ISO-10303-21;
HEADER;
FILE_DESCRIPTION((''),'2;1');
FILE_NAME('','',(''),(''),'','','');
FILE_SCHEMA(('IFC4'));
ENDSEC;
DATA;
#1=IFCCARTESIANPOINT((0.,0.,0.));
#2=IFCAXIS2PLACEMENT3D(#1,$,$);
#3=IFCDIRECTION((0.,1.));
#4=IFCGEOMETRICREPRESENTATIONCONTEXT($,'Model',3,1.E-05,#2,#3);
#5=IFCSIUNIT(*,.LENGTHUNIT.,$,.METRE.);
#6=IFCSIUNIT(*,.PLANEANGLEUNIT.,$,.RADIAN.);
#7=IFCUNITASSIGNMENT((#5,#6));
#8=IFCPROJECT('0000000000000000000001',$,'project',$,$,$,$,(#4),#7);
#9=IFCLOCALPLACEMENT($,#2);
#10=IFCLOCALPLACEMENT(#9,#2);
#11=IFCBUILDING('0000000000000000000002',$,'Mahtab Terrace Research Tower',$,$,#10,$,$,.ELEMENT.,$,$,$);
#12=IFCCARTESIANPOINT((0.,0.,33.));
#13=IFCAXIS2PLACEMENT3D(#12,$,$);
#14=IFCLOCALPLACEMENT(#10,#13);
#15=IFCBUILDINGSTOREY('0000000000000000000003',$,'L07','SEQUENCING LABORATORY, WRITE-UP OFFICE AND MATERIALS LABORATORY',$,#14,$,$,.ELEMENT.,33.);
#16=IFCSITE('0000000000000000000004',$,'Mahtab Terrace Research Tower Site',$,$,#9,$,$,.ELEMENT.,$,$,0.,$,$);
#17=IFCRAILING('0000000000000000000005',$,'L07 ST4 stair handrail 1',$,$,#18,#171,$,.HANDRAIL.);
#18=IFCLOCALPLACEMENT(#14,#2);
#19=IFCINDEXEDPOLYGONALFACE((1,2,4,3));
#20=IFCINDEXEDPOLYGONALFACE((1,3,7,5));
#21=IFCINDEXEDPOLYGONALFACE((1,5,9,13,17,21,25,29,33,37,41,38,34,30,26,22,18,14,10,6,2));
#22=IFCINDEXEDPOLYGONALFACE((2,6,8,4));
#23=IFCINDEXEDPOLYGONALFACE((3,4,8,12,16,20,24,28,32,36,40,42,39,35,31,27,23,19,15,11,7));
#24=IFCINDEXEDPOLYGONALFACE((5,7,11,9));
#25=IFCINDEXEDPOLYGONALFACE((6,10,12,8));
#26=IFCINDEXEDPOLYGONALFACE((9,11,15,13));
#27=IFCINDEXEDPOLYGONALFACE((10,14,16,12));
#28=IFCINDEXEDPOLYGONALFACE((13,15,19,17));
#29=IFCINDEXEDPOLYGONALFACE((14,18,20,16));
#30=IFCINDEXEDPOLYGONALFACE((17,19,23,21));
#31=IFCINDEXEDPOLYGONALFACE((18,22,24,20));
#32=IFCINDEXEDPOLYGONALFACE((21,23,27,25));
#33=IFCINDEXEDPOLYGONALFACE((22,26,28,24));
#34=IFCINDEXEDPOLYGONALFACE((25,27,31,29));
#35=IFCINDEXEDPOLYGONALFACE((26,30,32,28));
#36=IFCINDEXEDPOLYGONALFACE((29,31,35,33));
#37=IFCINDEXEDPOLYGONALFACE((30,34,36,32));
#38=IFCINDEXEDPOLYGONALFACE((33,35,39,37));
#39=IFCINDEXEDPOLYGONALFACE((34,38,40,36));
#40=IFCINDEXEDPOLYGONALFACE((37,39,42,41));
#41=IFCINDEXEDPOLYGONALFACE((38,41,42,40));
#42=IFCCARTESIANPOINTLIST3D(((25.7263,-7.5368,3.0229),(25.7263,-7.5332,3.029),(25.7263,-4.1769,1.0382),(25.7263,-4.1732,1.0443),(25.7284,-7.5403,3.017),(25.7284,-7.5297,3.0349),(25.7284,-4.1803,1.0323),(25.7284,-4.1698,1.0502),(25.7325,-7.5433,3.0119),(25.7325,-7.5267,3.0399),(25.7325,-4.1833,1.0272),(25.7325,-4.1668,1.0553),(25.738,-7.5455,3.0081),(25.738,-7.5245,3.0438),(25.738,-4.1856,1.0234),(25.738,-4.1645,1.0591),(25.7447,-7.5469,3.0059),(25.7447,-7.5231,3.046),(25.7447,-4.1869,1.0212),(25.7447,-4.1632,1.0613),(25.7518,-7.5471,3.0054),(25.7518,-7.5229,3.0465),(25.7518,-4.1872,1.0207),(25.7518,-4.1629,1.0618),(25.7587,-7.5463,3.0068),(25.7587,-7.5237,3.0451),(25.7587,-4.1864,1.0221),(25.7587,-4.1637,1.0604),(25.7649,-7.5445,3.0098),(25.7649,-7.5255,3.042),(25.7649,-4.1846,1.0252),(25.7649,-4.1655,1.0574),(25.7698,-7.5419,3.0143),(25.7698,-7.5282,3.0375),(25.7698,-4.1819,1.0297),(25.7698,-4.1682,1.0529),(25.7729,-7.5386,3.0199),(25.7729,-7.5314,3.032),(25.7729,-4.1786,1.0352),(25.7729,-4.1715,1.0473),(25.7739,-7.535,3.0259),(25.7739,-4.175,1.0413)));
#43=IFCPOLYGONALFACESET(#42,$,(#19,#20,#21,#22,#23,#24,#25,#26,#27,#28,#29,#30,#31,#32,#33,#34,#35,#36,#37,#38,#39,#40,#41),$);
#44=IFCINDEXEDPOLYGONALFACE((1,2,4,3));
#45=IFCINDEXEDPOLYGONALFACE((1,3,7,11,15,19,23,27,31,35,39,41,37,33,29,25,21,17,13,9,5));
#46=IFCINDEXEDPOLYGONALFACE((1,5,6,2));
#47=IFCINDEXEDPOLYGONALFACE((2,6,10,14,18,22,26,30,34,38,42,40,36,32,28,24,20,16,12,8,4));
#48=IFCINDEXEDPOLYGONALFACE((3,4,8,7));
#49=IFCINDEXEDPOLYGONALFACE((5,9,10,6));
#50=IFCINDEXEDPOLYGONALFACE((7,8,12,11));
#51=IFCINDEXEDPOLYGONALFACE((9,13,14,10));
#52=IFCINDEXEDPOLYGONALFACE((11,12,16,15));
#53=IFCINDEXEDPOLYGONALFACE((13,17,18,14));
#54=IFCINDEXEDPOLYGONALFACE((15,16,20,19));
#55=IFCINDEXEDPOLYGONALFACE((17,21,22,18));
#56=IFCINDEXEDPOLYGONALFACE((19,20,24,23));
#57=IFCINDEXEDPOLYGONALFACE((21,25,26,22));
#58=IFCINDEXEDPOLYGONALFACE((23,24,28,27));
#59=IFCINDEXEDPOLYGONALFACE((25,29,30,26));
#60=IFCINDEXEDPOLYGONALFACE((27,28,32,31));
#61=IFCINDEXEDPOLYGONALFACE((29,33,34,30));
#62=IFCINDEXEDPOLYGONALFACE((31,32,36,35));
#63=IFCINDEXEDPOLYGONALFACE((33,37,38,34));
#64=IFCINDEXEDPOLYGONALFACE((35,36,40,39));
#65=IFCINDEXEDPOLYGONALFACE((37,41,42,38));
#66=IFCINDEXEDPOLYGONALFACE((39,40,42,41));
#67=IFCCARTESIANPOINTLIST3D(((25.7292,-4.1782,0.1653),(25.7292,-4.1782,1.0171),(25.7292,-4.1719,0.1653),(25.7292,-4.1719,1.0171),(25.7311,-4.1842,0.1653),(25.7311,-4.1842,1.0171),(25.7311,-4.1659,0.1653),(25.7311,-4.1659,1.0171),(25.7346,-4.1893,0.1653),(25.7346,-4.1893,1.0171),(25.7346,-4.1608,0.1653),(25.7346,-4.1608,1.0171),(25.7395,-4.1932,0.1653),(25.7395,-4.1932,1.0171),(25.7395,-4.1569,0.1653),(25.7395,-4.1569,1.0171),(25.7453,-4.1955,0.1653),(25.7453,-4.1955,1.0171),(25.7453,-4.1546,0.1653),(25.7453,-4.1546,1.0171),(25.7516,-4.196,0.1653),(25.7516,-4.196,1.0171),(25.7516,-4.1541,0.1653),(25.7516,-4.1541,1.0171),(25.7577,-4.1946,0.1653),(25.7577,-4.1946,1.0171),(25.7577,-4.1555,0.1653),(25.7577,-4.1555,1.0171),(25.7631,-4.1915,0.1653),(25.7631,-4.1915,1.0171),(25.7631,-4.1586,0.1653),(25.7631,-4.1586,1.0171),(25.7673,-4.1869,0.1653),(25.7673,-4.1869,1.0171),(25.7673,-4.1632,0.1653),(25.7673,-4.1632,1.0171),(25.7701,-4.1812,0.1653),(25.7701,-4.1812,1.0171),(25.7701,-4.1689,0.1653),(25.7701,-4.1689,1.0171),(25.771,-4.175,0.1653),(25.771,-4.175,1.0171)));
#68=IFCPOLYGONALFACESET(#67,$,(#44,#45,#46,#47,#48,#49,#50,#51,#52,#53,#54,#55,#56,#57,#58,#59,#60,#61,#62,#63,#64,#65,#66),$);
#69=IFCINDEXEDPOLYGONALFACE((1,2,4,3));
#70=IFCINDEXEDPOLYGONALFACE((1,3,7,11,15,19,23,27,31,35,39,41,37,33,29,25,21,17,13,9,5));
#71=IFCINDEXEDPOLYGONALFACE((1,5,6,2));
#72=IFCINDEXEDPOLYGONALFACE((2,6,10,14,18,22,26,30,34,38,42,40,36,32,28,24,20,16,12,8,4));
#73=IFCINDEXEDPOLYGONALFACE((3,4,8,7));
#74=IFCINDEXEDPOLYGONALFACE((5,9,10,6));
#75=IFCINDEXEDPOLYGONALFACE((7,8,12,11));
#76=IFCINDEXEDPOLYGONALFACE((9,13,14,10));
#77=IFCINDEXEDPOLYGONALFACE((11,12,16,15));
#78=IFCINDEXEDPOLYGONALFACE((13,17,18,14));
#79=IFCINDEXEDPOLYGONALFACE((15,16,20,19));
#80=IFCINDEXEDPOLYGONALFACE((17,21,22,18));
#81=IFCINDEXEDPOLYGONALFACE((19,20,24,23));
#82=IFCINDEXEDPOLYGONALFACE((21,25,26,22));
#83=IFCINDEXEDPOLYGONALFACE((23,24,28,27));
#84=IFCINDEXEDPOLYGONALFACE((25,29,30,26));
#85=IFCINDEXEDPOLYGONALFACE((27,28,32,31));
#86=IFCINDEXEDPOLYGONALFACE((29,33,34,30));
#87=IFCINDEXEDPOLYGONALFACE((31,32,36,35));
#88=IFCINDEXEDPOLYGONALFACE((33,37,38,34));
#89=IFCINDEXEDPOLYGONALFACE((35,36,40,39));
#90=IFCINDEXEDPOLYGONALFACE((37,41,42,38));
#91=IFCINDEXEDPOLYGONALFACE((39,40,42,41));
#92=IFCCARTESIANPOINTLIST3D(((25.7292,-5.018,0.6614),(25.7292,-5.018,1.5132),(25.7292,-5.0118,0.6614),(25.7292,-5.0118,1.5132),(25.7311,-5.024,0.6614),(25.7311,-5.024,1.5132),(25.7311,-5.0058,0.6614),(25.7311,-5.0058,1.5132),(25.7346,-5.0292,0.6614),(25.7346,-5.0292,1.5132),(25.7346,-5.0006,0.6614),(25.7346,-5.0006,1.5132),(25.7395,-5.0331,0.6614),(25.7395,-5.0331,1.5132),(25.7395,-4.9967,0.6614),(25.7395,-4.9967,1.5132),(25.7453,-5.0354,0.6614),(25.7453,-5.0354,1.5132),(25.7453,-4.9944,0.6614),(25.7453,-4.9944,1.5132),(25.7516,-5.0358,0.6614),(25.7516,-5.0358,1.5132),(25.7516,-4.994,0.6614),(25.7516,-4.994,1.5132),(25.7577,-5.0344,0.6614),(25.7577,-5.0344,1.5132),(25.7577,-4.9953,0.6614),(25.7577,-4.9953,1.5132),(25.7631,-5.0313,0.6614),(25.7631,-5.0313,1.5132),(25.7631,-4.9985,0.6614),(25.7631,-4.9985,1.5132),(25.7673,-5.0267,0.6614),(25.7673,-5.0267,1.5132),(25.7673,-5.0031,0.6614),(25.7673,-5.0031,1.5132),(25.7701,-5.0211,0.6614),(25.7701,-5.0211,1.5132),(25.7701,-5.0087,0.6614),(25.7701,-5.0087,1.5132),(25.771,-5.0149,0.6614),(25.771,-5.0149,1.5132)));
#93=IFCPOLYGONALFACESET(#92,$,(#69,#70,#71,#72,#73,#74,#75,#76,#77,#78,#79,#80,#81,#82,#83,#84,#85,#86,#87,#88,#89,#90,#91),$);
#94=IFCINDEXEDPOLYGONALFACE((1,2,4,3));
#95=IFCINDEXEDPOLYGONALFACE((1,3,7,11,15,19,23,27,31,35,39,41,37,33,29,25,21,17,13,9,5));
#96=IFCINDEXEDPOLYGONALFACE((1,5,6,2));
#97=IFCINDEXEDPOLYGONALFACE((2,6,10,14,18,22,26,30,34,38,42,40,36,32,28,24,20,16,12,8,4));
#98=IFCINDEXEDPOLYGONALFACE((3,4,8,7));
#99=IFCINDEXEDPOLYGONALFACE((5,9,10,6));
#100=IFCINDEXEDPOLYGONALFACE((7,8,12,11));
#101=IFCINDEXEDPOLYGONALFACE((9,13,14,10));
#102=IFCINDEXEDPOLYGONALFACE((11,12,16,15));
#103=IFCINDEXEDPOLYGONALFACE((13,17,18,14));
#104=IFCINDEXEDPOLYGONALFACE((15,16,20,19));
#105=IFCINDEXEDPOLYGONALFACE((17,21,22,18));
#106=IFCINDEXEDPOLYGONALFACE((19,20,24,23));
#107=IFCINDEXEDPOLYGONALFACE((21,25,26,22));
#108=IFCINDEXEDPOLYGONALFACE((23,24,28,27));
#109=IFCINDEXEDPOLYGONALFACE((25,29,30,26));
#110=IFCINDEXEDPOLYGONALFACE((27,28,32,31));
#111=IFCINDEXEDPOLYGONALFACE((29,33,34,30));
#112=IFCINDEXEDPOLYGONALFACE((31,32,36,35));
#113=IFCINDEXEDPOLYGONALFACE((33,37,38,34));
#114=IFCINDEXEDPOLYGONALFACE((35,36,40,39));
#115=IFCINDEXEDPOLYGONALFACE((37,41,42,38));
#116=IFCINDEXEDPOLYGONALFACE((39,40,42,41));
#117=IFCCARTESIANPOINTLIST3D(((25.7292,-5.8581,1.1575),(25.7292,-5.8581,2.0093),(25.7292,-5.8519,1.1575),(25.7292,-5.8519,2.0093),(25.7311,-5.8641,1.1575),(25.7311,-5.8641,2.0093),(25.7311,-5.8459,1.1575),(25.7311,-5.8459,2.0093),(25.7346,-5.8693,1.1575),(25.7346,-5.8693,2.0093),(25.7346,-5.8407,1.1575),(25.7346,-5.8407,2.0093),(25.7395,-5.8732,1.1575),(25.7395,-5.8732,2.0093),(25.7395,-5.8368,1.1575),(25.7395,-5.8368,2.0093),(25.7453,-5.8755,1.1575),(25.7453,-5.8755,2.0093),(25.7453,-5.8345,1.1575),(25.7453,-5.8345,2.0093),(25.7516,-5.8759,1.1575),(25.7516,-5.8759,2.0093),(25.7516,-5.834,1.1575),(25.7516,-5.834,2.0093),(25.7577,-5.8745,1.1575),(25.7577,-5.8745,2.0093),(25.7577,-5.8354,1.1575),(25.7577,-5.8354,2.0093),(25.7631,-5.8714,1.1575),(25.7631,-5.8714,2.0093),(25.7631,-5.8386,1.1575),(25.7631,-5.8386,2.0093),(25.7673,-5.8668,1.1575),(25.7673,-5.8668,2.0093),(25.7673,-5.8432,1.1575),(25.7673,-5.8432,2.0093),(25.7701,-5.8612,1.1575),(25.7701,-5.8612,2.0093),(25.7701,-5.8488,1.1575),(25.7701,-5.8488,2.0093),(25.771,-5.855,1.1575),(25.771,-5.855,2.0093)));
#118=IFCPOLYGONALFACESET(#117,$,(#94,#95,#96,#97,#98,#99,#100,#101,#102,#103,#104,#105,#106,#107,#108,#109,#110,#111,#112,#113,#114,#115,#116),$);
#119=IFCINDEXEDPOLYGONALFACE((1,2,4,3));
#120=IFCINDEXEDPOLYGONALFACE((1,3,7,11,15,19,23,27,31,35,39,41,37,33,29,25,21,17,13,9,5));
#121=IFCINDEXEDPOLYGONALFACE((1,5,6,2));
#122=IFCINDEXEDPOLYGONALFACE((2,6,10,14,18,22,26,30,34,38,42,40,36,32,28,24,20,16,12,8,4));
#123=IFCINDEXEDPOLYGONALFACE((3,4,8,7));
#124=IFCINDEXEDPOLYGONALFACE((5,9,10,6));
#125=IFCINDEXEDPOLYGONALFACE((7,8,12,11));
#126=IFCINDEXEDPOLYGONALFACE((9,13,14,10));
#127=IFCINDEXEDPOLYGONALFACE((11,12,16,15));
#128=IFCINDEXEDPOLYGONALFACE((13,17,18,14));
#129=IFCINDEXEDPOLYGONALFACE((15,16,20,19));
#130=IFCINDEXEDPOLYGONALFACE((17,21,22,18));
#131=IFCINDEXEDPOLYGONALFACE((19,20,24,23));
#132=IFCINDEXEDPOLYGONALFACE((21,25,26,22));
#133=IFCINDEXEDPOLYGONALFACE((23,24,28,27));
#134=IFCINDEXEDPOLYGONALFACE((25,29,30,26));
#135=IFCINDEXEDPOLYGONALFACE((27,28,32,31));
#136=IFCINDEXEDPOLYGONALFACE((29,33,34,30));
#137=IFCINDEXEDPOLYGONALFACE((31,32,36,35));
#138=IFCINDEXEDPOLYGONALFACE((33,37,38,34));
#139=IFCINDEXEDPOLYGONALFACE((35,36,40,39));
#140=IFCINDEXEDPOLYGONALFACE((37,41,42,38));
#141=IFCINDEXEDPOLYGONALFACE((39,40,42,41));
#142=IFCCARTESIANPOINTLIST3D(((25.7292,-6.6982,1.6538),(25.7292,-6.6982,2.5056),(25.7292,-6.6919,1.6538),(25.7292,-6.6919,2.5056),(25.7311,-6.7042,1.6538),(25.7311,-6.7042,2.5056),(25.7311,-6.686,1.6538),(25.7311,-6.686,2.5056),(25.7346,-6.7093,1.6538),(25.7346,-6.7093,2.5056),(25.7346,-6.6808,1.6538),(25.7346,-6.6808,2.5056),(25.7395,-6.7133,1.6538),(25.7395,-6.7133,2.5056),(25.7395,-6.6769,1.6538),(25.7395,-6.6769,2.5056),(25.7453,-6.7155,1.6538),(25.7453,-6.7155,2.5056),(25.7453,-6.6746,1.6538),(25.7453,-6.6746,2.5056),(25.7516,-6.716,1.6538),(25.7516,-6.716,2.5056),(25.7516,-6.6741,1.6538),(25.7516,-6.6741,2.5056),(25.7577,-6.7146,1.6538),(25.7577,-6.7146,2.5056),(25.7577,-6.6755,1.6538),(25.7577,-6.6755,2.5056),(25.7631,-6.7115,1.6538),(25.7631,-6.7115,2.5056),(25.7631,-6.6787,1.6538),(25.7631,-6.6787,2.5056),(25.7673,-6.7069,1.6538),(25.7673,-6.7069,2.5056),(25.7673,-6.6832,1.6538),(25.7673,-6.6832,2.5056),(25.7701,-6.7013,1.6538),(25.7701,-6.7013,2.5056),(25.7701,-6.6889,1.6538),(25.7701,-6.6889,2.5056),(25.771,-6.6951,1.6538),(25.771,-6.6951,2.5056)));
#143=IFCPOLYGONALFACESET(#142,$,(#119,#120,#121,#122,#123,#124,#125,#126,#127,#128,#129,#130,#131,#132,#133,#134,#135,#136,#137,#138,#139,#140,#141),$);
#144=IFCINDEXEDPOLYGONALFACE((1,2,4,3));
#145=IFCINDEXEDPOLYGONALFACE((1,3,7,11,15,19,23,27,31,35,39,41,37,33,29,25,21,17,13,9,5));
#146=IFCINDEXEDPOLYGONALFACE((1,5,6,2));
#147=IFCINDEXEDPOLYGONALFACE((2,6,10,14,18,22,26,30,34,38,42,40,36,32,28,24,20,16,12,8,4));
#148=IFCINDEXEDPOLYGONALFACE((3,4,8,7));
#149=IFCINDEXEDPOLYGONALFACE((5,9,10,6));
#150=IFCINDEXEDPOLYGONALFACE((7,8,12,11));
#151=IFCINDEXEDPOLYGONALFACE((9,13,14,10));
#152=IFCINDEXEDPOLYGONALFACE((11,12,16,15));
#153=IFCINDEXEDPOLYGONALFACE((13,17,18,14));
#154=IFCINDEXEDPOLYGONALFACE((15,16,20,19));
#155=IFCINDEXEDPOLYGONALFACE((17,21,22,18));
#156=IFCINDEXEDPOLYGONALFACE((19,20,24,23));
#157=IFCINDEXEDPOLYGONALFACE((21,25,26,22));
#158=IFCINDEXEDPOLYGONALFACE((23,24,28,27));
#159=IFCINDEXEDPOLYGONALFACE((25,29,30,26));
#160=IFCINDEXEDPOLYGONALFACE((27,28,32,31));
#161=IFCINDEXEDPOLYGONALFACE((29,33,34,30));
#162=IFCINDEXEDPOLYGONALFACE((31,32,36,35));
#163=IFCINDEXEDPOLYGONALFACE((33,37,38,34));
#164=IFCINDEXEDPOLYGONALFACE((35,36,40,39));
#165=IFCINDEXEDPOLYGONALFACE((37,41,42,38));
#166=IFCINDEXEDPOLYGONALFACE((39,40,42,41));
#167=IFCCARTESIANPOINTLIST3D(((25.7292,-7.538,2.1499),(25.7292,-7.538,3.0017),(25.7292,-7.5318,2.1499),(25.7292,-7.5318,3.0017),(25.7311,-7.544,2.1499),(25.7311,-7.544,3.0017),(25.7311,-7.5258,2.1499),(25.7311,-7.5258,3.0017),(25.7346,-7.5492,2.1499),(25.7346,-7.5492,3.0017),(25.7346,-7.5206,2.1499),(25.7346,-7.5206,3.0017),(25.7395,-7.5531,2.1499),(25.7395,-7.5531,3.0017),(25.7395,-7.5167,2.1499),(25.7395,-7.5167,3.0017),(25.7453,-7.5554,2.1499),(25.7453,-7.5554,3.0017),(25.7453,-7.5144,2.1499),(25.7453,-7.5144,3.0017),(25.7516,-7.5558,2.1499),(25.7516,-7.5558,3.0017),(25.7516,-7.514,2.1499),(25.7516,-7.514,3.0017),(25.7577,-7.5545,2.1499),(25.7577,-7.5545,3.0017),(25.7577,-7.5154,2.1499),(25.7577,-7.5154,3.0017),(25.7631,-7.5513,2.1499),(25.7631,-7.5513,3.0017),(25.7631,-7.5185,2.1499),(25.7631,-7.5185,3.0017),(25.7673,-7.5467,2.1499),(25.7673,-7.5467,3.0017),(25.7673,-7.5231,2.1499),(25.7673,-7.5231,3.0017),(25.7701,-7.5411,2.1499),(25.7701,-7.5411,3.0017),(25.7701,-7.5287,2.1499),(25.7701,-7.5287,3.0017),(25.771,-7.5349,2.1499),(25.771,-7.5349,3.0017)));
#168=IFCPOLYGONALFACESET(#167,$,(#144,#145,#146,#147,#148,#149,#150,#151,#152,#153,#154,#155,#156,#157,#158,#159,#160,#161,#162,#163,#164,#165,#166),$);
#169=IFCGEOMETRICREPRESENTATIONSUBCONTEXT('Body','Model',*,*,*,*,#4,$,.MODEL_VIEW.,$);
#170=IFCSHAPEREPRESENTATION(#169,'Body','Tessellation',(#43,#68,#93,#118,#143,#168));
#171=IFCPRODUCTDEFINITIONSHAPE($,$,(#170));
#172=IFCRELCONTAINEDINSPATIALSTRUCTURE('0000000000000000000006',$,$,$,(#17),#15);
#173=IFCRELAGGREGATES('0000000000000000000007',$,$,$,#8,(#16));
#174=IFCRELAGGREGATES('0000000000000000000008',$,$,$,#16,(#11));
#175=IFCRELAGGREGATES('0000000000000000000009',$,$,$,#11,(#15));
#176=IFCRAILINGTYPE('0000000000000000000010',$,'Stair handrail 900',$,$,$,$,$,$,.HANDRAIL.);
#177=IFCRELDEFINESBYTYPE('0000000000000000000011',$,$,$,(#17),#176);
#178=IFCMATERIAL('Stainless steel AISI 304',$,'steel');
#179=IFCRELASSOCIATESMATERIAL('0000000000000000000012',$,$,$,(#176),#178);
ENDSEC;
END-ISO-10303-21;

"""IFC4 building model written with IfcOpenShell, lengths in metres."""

from ifc_helpers import new_model, si_unit, direction, frame, origin, origin_2d, place, context, subcontext, project, spatial, circle, extrude, material, type_object, element, save


model = new_model("IFC4")

# Units and contexts
model_context = context("Model", 3, precision=1e-05, world=origin(), true_north=direction((0.0, 1.0)))
body_context = subcontext(model_context, "Body", "Model", "MODEL_VIEW")
ifc_project = project(units=[si_unit("LENGTHUNIT", "METRE"), si_unit("PLANEANGLEUNIT", "RADIAN")], contexts=[model_context])

# Site, building, storey
site_placement = place(None, origin())
site = spatial("IfcSite", under=ifc_project, at=site_placement, Name="Mahtab Terrace Research Tower Site", CompositionType="ELEMENT", RefElevation=0.0)
building_placement = place(site_placement, origin())
building = spatial("IfcBuilding", under=site, at=building_placement, Name="Mahtab Terrace Research Tower", CompositionType="ELEMENT")
storey_placement = place(building_placement, frame((0.0, 0.0, 33.0)))
storey = spatial("IfcBuildingStorey", under=building, at=storey_placement, Name="L07", Description="SEQUENCING LABORATORY, WRITE-UP OFFICE AND MATERIALS LABORATORY", CompositionType="ELEMENT", Elevation=33.0)

# Shared definitions
ifc_material_1 = material(Name="Stainless steel AISI 304", Category="steel")

# Railing
railing_type_1 = type_object("IfcRailingType", Name="Stair handrail 900", PredefinedType="HANDRAIL", material=ifc_material_1)
railing_1_placement = place(storey_placement, frame((25.75, -4.175, 0.1653)))
element("IfcRailing", 1, at=railing_1_placement, inside=storey, type_object=railing_type_1, Name="L07 ST4 stair handrail 1", PredefinedType="HANDRAIL", context=body_context, shape_type="SweptSolid", body=[
    extrude(circle(Radius=0.0239, at=origin_2d()), frame((0.0, 0.0, 0.876), z_axis=(0.0, -0.861011, 0.508586), x_axis=(1.0, 0.0, 0.0)), (0.0, 0.0, 1.0), 3.9023),
    extrude(circle(Radius=0.021, at=origin_2d()), origin(), (0.0, 0.0, 1.0), 0.8518),
    extrude(circle(Radius=0.021, at=origin_2d()), frame((0.0, -0.8398, 0.4961)), (0.0, 0.0, 1.0), 0.8518),
    extrude(circle(Radius=0.021, at=origin_2d()), frame((0.0, -1.6799, 0.9922)), (0.0, 0.0, 1.0), 0.8518),
    extrude(circle(Radius=0.021, at=origin_2d()), frame((0.0, -2.52, 1.4885)), (0.0, 0.0, 1.0), 0.8518),
    extrude(circle(Radius=0.021, at=origin_2d()), frame((0.0, -3.3599, 1.9846)), (0.0, 0.0, 1.0), 0.8518),
])

save(model, "model.ifc")
